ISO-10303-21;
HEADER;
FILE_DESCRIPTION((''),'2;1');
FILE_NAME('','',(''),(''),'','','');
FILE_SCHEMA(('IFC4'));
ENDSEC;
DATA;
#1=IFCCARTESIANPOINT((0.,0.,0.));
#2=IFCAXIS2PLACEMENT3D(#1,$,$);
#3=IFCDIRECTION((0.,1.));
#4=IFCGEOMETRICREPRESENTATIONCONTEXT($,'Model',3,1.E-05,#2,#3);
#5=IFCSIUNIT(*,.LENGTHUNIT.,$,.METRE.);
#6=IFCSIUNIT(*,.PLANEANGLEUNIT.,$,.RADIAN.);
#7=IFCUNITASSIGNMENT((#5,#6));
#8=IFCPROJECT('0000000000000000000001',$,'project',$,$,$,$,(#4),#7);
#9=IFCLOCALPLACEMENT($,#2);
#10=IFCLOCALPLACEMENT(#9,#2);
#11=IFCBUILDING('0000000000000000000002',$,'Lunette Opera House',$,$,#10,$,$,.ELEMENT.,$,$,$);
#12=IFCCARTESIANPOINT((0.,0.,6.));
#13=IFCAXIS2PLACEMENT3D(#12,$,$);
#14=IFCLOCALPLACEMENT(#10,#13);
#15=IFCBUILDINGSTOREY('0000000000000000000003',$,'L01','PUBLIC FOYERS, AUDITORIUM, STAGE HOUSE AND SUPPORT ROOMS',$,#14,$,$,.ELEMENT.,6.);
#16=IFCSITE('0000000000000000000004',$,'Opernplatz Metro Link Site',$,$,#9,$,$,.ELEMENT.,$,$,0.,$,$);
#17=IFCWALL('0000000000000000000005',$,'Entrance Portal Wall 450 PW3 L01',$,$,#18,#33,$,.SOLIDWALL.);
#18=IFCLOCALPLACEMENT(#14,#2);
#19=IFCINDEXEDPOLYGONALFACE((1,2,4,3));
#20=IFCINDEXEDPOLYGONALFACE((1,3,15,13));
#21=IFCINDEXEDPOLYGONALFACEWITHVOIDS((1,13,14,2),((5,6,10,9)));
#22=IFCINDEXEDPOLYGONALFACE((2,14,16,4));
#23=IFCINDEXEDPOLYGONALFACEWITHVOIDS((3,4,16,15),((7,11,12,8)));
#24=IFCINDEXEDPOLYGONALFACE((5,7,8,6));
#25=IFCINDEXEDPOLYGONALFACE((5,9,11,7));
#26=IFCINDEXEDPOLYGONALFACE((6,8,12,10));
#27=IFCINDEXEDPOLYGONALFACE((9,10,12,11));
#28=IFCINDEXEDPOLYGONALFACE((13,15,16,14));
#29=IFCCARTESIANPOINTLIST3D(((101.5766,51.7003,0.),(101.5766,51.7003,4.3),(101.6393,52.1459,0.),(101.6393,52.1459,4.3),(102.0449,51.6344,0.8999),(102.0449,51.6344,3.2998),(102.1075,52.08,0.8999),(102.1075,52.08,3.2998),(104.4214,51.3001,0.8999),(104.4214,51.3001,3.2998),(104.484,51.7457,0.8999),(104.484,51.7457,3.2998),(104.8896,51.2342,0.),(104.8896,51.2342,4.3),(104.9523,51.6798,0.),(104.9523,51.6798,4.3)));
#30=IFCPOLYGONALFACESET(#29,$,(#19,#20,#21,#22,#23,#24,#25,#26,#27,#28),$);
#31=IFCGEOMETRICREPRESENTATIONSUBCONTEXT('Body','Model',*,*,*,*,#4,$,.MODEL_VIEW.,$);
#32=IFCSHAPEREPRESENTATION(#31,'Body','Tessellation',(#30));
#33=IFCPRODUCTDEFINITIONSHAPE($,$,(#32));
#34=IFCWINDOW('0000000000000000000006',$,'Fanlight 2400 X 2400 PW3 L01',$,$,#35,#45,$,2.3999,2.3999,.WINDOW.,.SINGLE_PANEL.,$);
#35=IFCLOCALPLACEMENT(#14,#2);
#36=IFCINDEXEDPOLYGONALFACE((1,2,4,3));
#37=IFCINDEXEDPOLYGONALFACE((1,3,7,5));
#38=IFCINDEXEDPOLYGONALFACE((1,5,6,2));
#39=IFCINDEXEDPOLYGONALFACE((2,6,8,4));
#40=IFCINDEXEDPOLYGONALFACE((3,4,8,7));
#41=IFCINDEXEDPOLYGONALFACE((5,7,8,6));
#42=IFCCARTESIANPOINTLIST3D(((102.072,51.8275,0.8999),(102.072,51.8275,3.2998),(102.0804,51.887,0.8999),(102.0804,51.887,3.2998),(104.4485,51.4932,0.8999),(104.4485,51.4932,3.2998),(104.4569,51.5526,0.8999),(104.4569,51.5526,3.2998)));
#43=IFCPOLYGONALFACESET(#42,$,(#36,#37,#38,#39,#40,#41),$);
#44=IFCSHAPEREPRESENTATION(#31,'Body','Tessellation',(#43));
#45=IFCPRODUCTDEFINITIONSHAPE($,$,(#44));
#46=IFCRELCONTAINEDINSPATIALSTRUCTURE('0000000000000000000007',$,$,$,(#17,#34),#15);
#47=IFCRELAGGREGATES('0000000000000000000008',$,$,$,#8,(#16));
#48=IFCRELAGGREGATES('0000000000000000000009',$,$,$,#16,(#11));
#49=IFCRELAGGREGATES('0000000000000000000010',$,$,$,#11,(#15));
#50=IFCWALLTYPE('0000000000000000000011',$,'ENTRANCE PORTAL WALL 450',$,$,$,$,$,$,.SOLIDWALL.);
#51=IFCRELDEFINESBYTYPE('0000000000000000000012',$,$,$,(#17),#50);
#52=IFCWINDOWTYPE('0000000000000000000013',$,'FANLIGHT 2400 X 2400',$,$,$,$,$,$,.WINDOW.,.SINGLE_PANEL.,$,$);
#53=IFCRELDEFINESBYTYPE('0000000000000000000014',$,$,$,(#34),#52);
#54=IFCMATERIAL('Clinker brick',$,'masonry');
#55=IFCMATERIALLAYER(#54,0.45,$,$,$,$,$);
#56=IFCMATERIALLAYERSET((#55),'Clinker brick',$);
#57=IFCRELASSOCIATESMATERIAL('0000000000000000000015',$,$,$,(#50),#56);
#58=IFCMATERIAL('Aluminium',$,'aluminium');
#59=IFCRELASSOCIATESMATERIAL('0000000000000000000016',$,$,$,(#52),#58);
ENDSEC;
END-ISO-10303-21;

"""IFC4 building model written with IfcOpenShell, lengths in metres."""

from ifc_helpers import new_model, si_unit, direction, frame, frame_2d, origin, place, context, subcontext, project, spatial, rectangle, extrude, material, layer, layer_set, type_object, element, fill, save


model = new_model("IFC4")

# Units and contexts
model_context = context("Model", 3, precision=1e-05, world=origin(), true_north=direction((0.0, 1.0)))
body_context = subcontext(model_context, "Body", "Model", "MODEL_VIEW")
ifc_project = project(units=[si_unit("LENGTHUNIT", "METRE"), si_unit("PLANEANGLEUNIT", "RADIAN")], contexts=[model_context])

# Site, building, storey
site_placement = place(None, origin())
site = spatial("IfcSite", under=ifc_project, at=site_placement, Name="Opernplatz Metro Link Site", CompositionType="ELEMENT", RefElevation=0.0)
building_placement = place(site_placement, origin())
building = spatial("IfcBuilding", under=site, at=building_placement, Name="Lunette Opera House", CompositionType="ELEMENT")
storey_placement = place(building_placement, frame((0.0, 0.0, 6.0)))
storey = spatial("IfcBuildingStorey", under=building, at=storey_placement, Name="L01", Description="PUBLIC FOYERS, AUDITORIUM, STAGE HOUSE AND SUPPORT ROOMS", CompositionType="ELEMENT", Elevation=6.0)

# Wall, opening, window
ifc_material_1 = material(Name="Clinker brick", Category="masonry")
ifc_layer_1 = layer(ifc_material_1, 0.45)
ifc_layer_set_1 = layer_set([ifc_layer_1], Name="Clinker brick")
wall_type = type_object("IfcWallType", Name="ENTRANCE PORTAL WALL 450", PredefinedType="SOLIDWALL", material=ifc_layer_set_1)
wall_placement = place(storey_placement, frame((101.6079, 51.9231, 0.0), z_axis=(0.0, 0.0, 1.0), x_axis=(0.990249, -0.139306, 0.0)))
wall = element("IfcWall", 1, at=wall_placement, inside=storey, type_object=wall_type, Name="Entrance Portal Wall 450 PW3 L01", PredefinedType="SOLIDWALL", context=body_context, shape_type="SweptSolid", body=[
    extrude(rectangle(XDim=3.3457, YDim=0.45, at=frame_2d((1.6729, 0.0))), origin(), (0.0, 0.0, 1.0), 4.3),
])
opening_placement = place(wall_placement, frame((0.4729, 0.0, 0.8999)))
opening = element("IfcOpeningElement", 2, at=opening_placement, cuts=wall, PredefinedType="OPENING", context=body_context, shape_type="SweptSolid", body=[
    extrude(rectangle(XDim=2.3999, YDim=2.3999, at=frame_2d((1.2, 1.2))), frame((0.0, 0.2371, 0.0), z_axis=(0.0, -1.0, 0.0), x_axis=(1.0, 0.0, 0.0)), (0.0, 0.0, 1.0), 0.4739),
])
ifc_material_2 = material(Name="Aluminium", Category="aluminium")
window_type = type_object("IfcWindowType", Name="FANLIGHT 2400 X 2400", PartitioningType="SINGLE_PANEL", PredefinedType="WINDOW", material=ifc_material_2)
window_placement = place(opening_placement, origin())
window = element("IfcWindow", 3, at=window_placement, inside=storey, type_object=window_type, Name="Fanlight 2400 X 2400 PW3 L01", OverallHeight=2.3999, OverallWidth=2.3999, PartitioningType="SINGLE_PANEL", PredefinedType="WINDOW", context=body_context, shape_type="SweptSolid", body=[
    extrude(rectangle(XDim=2.3999, YDim=2.3999, at=frame_2d((1.2, 1.2))), frame((0.0, 0.03, 0.0), z_axis=(0.0, -1.0, 0.0), x_axis=(1.0, 0.0, 0.0)), (0.0, 0.0, 1.0), 0.0601),
])
fill(opening, window)

save(model, "model.ifc")
